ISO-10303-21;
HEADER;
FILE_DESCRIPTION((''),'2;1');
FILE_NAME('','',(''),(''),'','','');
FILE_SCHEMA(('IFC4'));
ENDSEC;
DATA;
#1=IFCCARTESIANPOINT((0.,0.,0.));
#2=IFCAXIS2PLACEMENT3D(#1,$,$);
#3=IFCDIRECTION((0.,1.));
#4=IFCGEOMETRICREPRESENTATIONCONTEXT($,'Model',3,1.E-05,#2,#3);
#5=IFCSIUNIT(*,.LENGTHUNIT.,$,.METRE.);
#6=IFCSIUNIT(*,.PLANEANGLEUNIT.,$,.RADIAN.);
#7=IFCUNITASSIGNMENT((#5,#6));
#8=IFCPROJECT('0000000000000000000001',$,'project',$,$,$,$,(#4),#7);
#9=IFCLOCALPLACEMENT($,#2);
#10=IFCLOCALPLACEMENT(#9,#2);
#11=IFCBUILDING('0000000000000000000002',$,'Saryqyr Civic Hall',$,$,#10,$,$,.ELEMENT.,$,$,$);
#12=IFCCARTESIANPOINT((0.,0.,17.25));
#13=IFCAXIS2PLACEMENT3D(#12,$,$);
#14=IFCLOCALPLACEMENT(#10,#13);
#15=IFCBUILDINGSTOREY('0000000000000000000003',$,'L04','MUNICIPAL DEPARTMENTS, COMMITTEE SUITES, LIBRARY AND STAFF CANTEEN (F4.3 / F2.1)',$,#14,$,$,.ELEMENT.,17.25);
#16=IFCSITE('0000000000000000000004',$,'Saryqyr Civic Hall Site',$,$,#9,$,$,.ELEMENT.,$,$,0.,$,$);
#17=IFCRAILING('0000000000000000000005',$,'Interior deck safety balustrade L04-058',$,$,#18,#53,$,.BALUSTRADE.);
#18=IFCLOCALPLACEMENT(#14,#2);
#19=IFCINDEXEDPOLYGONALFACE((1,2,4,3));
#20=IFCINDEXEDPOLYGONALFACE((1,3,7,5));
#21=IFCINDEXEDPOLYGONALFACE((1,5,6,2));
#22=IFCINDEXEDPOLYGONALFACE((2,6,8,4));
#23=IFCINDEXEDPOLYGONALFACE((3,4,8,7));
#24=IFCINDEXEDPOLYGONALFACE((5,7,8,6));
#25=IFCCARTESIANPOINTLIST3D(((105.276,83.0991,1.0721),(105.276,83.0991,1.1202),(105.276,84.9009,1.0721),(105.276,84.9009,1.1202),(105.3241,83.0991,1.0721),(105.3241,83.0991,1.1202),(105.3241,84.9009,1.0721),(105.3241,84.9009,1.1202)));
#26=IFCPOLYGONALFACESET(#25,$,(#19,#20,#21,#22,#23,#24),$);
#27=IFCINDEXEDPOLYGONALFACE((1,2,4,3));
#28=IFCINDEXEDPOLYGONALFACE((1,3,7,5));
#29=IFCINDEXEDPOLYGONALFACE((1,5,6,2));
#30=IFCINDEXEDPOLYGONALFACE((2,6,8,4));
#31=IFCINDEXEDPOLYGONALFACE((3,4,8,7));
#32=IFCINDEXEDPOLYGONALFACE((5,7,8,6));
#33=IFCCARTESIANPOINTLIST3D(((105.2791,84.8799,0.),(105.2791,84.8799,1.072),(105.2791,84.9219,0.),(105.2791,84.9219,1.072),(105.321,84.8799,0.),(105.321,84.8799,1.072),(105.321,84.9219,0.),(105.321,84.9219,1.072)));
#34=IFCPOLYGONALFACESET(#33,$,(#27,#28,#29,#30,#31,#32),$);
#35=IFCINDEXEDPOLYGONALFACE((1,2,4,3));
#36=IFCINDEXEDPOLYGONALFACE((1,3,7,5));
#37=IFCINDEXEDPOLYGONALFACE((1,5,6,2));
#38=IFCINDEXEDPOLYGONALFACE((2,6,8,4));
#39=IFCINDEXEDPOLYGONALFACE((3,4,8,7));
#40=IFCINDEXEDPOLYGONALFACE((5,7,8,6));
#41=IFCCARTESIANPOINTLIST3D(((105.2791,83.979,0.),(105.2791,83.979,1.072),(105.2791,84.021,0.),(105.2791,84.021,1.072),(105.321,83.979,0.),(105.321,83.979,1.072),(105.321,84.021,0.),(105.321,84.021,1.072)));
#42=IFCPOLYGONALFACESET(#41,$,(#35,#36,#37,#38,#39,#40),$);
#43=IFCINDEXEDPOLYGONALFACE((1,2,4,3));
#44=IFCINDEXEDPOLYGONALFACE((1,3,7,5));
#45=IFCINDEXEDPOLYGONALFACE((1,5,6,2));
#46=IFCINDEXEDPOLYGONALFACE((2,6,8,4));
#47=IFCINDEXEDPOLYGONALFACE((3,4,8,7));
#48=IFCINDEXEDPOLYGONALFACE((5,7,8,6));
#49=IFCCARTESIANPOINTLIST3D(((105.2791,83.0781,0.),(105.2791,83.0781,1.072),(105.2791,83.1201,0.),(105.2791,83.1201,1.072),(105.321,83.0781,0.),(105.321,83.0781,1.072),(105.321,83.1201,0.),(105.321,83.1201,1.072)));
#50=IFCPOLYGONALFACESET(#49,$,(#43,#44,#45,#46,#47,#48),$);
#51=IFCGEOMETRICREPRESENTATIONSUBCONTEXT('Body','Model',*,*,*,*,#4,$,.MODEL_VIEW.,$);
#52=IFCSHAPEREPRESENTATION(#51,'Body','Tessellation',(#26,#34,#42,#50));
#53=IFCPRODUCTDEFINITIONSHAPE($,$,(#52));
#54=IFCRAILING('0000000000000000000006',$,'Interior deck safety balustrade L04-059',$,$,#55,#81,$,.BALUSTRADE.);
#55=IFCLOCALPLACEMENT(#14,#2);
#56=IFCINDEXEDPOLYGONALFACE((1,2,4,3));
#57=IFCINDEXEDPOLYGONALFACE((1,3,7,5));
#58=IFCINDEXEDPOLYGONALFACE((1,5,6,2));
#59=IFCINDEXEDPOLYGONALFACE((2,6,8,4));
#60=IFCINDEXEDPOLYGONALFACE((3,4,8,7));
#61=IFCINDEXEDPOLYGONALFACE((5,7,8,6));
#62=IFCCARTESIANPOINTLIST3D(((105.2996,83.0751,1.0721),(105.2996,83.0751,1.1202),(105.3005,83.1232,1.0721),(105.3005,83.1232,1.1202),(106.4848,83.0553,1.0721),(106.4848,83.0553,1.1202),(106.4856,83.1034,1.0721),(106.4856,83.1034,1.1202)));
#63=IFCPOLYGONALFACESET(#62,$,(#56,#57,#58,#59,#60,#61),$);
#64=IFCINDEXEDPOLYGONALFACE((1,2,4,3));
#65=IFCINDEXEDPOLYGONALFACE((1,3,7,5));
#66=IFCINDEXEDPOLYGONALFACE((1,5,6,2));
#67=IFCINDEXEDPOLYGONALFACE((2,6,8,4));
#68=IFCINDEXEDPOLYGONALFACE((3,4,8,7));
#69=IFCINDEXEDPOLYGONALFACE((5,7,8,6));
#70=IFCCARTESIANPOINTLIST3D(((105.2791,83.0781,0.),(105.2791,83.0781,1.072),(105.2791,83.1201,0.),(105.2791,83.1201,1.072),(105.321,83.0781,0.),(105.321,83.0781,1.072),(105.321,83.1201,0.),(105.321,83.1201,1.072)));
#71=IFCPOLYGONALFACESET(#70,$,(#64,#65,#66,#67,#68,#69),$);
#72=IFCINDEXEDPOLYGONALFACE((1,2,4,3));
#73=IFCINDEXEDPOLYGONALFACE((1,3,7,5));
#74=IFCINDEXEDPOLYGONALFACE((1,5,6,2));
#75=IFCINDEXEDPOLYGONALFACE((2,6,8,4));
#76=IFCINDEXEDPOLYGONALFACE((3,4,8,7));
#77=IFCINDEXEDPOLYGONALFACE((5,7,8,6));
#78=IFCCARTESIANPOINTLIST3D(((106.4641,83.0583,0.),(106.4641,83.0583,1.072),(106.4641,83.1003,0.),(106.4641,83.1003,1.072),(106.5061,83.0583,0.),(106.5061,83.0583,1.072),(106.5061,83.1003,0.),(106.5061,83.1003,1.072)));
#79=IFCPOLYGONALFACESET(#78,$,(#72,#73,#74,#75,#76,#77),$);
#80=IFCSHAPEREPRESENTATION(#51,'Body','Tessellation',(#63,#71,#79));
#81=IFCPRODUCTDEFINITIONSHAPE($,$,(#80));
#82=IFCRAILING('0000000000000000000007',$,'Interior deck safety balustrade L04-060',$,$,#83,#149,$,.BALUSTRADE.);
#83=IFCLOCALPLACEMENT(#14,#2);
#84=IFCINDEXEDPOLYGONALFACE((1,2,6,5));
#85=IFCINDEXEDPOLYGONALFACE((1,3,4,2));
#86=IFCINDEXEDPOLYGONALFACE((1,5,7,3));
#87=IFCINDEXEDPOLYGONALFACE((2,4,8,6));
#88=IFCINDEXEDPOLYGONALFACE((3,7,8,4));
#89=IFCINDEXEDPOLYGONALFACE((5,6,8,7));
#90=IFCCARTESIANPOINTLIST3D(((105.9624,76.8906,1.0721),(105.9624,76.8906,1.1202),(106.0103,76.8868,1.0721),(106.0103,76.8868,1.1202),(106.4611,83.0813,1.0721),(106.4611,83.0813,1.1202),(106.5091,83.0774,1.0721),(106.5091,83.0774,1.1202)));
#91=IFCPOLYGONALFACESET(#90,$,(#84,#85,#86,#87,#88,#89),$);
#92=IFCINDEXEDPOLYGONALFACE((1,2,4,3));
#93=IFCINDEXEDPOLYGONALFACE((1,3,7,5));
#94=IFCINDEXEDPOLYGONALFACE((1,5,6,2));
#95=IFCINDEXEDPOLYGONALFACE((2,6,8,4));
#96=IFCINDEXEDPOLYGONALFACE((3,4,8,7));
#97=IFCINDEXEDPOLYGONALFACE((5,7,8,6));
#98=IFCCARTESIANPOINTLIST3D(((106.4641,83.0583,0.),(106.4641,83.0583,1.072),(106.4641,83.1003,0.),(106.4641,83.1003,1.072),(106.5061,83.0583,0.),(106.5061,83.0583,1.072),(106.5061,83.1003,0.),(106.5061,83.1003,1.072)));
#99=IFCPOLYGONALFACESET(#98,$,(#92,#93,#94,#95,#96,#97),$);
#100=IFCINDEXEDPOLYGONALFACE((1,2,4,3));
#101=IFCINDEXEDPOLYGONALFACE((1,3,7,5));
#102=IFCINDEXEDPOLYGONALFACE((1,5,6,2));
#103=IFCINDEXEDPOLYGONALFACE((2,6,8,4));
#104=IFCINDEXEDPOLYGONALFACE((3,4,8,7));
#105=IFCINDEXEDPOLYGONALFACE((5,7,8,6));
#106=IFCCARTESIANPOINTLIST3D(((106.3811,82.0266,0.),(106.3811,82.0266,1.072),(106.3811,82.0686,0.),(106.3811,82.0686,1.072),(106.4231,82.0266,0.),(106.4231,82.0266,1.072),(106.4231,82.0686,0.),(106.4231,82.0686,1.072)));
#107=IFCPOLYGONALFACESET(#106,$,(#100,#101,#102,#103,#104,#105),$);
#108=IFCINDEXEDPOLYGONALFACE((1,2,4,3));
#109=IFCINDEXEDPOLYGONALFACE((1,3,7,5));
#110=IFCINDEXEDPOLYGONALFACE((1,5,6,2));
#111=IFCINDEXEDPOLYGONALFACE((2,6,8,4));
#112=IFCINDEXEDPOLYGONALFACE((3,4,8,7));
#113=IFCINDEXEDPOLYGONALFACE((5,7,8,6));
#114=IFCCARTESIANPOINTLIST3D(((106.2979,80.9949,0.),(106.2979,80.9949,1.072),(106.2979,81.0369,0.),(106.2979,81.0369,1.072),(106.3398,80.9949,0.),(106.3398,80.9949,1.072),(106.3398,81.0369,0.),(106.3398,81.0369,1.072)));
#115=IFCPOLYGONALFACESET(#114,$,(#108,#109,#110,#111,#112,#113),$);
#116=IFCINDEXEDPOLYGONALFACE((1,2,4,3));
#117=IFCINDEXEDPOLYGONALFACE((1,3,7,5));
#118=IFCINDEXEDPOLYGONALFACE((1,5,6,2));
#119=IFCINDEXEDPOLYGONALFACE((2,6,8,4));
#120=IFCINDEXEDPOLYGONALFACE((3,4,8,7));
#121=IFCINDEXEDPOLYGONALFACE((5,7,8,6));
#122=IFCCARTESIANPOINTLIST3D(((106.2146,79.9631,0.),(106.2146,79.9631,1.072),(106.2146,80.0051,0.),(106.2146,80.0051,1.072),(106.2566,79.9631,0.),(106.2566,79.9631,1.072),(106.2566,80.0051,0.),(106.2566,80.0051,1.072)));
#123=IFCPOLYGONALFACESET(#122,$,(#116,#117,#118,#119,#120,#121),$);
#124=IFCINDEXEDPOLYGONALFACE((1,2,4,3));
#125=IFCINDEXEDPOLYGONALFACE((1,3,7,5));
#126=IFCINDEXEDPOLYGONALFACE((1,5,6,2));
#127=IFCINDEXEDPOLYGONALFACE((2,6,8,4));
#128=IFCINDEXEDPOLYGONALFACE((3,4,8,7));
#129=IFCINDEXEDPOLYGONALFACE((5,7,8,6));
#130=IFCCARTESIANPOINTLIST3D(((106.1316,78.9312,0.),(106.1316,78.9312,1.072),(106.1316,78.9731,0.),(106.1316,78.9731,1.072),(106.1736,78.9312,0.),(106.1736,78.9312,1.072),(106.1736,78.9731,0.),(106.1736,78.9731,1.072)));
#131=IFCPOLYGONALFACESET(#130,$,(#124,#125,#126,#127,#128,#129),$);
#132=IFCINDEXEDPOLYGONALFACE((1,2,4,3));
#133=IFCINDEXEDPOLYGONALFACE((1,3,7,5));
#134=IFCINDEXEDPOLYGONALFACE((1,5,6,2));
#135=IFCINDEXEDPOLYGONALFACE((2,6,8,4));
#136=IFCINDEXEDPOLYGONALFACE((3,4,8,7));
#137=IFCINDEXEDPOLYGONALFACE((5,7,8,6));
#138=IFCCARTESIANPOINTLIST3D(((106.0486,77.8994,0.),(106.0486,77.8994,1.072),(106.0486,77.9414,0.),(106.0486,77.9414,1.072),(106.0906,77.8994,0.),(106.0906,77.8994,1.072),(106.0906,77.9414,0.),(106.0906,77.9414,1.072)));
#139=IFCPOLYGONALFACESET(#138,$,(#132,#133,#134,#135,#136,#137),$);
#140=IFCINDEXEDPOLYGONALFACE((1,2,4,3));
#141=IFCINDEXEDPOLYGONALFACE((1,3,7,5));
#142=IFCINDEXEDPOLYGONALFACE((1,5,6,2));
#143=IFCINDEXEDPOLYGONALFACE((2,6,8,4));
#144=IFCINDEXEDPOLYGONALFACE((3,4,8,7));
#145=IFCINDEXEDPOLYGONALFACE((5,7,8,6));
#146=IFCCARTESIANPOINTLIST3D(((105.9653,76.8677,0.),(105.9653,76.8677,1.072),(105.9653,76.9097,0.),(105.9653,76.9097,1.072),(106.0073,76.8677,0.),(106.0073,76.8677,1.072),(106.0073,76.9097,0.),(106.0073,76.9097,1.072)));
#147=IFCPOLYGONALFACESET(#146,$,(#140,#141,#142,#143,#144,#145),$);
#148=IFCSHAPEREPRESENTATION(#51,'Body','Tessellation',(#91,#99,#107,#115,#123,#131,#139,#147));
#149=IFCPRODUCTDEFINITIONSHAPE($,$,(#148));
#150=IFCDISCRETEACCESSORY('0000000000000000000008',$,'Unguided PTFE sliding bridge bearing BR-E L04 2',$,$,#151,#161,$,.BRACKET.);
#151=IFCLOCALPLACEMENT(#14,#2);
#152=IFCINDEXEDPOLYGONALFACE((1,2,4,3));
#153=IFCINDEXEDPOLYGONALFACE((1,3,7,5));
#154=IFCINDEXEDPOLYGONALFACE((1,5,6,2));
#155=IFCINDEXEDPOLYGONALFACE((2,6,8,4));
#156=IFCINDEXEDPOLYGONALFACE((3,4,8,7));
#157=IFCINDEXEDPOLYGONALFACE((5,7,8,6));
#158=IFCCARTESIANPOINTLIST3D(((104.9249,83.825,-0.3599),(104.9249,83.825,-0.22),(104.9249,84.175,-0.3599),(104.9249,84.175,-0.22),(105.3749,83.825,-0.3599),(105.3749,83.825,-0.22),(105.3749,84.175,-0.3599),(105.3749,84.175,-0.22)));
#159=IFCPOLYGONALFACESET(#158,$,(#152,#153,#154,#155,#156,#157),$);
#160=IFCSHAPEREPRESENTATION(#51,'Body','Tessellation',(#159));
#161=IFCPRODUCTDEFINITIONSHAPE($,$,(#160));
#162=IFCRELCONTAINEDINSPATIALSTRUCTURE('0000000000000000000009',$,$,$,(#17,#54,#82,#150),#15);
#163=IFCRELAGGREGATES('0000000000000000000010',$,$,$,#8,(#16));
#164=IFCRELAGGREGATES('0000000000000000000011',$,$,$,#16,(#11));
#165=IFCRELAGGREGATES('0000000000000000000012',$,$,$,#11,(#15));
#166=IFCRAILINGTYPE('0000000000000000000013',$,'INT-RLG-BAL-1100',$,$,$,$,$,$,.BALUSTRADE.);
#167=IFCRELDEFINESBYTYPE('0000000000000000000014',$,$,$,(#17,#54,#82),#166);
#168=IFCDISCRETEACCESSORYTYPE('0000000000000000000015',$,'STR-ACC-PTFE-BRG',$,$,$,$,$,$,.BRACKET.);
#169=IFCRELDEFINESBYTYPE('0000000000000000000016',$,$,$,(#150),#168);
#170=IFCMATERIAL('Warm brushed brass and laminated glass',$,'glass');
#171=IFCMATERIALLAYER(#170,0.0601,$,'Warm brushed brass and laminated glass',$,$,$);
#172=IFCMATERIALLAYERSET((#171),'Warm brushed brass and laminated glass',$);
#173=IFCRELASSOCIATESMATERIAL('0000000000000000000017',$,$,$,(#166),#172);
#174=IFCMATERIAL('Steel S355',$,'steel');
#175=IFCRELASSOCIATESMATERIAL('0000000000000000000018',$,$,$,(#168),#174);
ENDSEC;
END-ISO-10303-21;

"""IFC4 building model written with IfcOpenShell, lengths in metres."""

from ifc_helpers import new_model, si_unit, direction, frame, origin, origin_2d, place, context, subcontext, project, spatial, rectangle, extrude, material, layer, layer_set, type_object, element, save


model = new_model("IFC4")

# Units and contexts
model_context = context("Model", 3, precision=1e-05, world=origin(), true_north=direction((0.0, 1.0)))
body_context = subcontext(model_context, "Body", "Model", "MODEL_VIEW")
ifc_project = project(units=[si_unit("LENGTHUNIT", "METRE"), si_unit("PLANEANGLEUNIT", "RADIAN")], contexts=[model_context])

# Site, building, storey
site_placement = place(None, origin())
site = spatial("IfcSite", under=ifc_project, at=site_placement, Name="Saryqyr Civic Hall Site", CompositionType="ELEMENT", RefElevation=0.0)
building_placement = place(site_placement, origin())
building = spatial("IfcBuilding", under=site, at=building_placement, Name="Saryqyr Civic Hall", CompositionType="ELEMENT")
storey_placement = place(building_placement, frame((0.0, 0.0, 17.25)))
storey = spatial("IfcBuildingStorey", under=building, at=storey_placement, Name="L04", Description="MUNICIPAL DEPARTMENTS, COMMITTEE SUITES, LIBRARY AND STAFF CANTEEN (F4.3 / F2.1)", CompositionType="ELEMENT", Elevation=17.25)

# Shared definitions
ifc_material_1 = material(Name="Steel S355", Category="steel")

# Railings
ifc_material_2 = material(Name="Warm brushed brass and laminated glass", Category="glass")
ifc_layer_1 = layer(ifc_material_2, 0.0601, Name="Warm brushed brass and laminated glass")
ifc_layer_set_1 = layer_set([ifc_layer_1], Name="Warm brushed brass and laminated glass")
railing_type = type_object("IfcRailingType", Name="INT-RLG-BAL-1100", PredefinedType="BALUSTRADE", material=ifc_layer_set_1)
railing_1_placement = place(storey_placement, frame((105.3, 84.9009, 0.0)))
element("IfcRailing", 1, at=railing_1_placement, inside=storey, type_object=railing_type, Name="Interior deck safety balustrade L04-058", PredefinedType="BALUSTRADE", context=body_context, shape_type="SweptSolid", body=[
    extrude(rectangle(XDim=0.0481, YDim=0.0481, at=origin_2d()), frame((0.0, 0.0, 1.0962), z_axis=(0.0, -1.0, 0.0), x_axis=(1.0, 0.0, 0.0)), (0.0, 0.0, 1.0), 1.8018),
    extrude(rectangle(XDim=0.042, YDim=0.042, at=origin_2d()), origin(), (0.0, 0.0, 1.0), 1.072),
    extrude(rectangle(XDim=0.042, YDim=0.042, at=origin_2d()), frame((0.0, -0.9009, 0.0)), (0.0, 0.0, 1.0), 1.072),
    extrude(rectangle(XDim=0.042, YDim=0.042, at=origin_2d()), frame((0.0, -1.8018, 0.0)), (0.0, 0.0, 1.0), 1.072),
])
railing_2_placement = place(storey_placement, frame((105.3, 83.0991, 0.0)))
element("IfcRailing", 2, at=railing_2_placement, inside=storey, type_object=railing_type, Name="Interior deck safety balustrade L04-059", PredefinedType="BALUSTRADE", context=body_context, shape_type="SweptSolid", body=[
    extrude(rectangle(XDim=0.0481, YDim=0.0481, at=origin_2d()), frame((0.0, 0.0, 1.0962), z_axis=(0.999861, -0.016685, 0.0), x_axis=(0.016685, 0.999861, 0.0)), (0.0, 0.0, 1.0), 1.1853),
    extrude(rectangle(XDim=0.042, YDim=0.042, at=origin_2d()), origin(), (0.0, 0.0, 1.0), 1.072),
    extrude(rectangle(XDim=0.042, YDim=0.042, at=origin_2d()), frame((1.1851, -0.0198, 0.0)), (0.0, 0.0, 1.0), 1.072),
])
railing_3_placement = place(storey_placement, frame((106.4851, 83.0793, 0.0)))
element("IfcRailing", 3, at=railing_3_placement, inside=storey, type_object=railing_type, Name="Interior deck safety balustrade L04-060", PredefinedType="BALUSTRADE", context=body_context, shape_type="SweptSolid", body=[
    extrude(rectangle(XDim=0.0481, YDim=0.0481, at=origin_2d()), frame((0.0, 0.0, 1.0962), z_axis=(-0.080309, -0.99677, 0.0), x_axis=(0.99677, -0.080309, 0.0)), (0.0, 0.0, 1.0), 6.2107),
    extrude(rectangle(XDim=0.042, YDim=0.042, at=origin_2d()), origin(), (0.0, 0.0, 1.0), 1.072),
    extrude(rectangle(XDim=0.042, YDim=0.042, at=origin_2d()), frame((-0.083, -1.0317, 0.0)), (0.0, 0.0, 1.0), 1.072),
    extrude(rectangle(XDim=0.042, YDim=0.042, at=origin_2d()), frame((-0.1663, -2.0635, 0.0)), (0.0, 0.0, 1.0), 1.072),
    extrude(rectangle(XDim=0.042, YDim=0.042, at=origin_2d()), frame((-0.2495, -3.0952, 0.0)), (0.0, 0.0, 1.0), 1.072),
    extrude(rectangle(XDim=0.042, YDim=0.042, at=origin_2d()), frame((-0.3325, -4.1272, 0.0)), (0.0, 0.0, 1.0), 1.072),
    extrude(rectangle(XDim=0.042, YDim=0.042, at=origin_2d()), frame((-0.4155, -5.1589, 0.0)), (0.0, 0.0, 1.0), 1.072),
    extrude(rectangle(XDim=0.042, YDim=0.042, at=origin_2d()), frame((-0.4988, -6.1907, 0.0)), (0.0, 0.0, 1.0), 1.072),
])

# Discrete accessory
discrete_accessory_type = type_object("IfcDiscreteAccessoryType", Name="STR-ACC-PTFE-BRG", PredefinedType="BRACKET", material=ifc_material_1)
discrete_accessory_placement = place(storey_placement, frame((105.1499, 84.0, -0.3599), z_axis=(0.0, 0.0, 1.0), x_axis=(1.0, 0.0, 0.0)))
element("IfcDiscreteAccessory", 4, at=discrete_accessory_placement, inside=storey, type_object=discrete_accessory_type, Name="Unguided PTFE sliding bridge bearing BR-E L04 2", PredefinedType="BRACKET", context=body_context, shape_type="SweptSolid", body=[
    extrude(rectangle(XDim=0.45, YDim=0.3501, at=origin_2d()), origin(), (0.0, 0.0, 1.0), 0.1399),
])

save(model, "model.ifc")
